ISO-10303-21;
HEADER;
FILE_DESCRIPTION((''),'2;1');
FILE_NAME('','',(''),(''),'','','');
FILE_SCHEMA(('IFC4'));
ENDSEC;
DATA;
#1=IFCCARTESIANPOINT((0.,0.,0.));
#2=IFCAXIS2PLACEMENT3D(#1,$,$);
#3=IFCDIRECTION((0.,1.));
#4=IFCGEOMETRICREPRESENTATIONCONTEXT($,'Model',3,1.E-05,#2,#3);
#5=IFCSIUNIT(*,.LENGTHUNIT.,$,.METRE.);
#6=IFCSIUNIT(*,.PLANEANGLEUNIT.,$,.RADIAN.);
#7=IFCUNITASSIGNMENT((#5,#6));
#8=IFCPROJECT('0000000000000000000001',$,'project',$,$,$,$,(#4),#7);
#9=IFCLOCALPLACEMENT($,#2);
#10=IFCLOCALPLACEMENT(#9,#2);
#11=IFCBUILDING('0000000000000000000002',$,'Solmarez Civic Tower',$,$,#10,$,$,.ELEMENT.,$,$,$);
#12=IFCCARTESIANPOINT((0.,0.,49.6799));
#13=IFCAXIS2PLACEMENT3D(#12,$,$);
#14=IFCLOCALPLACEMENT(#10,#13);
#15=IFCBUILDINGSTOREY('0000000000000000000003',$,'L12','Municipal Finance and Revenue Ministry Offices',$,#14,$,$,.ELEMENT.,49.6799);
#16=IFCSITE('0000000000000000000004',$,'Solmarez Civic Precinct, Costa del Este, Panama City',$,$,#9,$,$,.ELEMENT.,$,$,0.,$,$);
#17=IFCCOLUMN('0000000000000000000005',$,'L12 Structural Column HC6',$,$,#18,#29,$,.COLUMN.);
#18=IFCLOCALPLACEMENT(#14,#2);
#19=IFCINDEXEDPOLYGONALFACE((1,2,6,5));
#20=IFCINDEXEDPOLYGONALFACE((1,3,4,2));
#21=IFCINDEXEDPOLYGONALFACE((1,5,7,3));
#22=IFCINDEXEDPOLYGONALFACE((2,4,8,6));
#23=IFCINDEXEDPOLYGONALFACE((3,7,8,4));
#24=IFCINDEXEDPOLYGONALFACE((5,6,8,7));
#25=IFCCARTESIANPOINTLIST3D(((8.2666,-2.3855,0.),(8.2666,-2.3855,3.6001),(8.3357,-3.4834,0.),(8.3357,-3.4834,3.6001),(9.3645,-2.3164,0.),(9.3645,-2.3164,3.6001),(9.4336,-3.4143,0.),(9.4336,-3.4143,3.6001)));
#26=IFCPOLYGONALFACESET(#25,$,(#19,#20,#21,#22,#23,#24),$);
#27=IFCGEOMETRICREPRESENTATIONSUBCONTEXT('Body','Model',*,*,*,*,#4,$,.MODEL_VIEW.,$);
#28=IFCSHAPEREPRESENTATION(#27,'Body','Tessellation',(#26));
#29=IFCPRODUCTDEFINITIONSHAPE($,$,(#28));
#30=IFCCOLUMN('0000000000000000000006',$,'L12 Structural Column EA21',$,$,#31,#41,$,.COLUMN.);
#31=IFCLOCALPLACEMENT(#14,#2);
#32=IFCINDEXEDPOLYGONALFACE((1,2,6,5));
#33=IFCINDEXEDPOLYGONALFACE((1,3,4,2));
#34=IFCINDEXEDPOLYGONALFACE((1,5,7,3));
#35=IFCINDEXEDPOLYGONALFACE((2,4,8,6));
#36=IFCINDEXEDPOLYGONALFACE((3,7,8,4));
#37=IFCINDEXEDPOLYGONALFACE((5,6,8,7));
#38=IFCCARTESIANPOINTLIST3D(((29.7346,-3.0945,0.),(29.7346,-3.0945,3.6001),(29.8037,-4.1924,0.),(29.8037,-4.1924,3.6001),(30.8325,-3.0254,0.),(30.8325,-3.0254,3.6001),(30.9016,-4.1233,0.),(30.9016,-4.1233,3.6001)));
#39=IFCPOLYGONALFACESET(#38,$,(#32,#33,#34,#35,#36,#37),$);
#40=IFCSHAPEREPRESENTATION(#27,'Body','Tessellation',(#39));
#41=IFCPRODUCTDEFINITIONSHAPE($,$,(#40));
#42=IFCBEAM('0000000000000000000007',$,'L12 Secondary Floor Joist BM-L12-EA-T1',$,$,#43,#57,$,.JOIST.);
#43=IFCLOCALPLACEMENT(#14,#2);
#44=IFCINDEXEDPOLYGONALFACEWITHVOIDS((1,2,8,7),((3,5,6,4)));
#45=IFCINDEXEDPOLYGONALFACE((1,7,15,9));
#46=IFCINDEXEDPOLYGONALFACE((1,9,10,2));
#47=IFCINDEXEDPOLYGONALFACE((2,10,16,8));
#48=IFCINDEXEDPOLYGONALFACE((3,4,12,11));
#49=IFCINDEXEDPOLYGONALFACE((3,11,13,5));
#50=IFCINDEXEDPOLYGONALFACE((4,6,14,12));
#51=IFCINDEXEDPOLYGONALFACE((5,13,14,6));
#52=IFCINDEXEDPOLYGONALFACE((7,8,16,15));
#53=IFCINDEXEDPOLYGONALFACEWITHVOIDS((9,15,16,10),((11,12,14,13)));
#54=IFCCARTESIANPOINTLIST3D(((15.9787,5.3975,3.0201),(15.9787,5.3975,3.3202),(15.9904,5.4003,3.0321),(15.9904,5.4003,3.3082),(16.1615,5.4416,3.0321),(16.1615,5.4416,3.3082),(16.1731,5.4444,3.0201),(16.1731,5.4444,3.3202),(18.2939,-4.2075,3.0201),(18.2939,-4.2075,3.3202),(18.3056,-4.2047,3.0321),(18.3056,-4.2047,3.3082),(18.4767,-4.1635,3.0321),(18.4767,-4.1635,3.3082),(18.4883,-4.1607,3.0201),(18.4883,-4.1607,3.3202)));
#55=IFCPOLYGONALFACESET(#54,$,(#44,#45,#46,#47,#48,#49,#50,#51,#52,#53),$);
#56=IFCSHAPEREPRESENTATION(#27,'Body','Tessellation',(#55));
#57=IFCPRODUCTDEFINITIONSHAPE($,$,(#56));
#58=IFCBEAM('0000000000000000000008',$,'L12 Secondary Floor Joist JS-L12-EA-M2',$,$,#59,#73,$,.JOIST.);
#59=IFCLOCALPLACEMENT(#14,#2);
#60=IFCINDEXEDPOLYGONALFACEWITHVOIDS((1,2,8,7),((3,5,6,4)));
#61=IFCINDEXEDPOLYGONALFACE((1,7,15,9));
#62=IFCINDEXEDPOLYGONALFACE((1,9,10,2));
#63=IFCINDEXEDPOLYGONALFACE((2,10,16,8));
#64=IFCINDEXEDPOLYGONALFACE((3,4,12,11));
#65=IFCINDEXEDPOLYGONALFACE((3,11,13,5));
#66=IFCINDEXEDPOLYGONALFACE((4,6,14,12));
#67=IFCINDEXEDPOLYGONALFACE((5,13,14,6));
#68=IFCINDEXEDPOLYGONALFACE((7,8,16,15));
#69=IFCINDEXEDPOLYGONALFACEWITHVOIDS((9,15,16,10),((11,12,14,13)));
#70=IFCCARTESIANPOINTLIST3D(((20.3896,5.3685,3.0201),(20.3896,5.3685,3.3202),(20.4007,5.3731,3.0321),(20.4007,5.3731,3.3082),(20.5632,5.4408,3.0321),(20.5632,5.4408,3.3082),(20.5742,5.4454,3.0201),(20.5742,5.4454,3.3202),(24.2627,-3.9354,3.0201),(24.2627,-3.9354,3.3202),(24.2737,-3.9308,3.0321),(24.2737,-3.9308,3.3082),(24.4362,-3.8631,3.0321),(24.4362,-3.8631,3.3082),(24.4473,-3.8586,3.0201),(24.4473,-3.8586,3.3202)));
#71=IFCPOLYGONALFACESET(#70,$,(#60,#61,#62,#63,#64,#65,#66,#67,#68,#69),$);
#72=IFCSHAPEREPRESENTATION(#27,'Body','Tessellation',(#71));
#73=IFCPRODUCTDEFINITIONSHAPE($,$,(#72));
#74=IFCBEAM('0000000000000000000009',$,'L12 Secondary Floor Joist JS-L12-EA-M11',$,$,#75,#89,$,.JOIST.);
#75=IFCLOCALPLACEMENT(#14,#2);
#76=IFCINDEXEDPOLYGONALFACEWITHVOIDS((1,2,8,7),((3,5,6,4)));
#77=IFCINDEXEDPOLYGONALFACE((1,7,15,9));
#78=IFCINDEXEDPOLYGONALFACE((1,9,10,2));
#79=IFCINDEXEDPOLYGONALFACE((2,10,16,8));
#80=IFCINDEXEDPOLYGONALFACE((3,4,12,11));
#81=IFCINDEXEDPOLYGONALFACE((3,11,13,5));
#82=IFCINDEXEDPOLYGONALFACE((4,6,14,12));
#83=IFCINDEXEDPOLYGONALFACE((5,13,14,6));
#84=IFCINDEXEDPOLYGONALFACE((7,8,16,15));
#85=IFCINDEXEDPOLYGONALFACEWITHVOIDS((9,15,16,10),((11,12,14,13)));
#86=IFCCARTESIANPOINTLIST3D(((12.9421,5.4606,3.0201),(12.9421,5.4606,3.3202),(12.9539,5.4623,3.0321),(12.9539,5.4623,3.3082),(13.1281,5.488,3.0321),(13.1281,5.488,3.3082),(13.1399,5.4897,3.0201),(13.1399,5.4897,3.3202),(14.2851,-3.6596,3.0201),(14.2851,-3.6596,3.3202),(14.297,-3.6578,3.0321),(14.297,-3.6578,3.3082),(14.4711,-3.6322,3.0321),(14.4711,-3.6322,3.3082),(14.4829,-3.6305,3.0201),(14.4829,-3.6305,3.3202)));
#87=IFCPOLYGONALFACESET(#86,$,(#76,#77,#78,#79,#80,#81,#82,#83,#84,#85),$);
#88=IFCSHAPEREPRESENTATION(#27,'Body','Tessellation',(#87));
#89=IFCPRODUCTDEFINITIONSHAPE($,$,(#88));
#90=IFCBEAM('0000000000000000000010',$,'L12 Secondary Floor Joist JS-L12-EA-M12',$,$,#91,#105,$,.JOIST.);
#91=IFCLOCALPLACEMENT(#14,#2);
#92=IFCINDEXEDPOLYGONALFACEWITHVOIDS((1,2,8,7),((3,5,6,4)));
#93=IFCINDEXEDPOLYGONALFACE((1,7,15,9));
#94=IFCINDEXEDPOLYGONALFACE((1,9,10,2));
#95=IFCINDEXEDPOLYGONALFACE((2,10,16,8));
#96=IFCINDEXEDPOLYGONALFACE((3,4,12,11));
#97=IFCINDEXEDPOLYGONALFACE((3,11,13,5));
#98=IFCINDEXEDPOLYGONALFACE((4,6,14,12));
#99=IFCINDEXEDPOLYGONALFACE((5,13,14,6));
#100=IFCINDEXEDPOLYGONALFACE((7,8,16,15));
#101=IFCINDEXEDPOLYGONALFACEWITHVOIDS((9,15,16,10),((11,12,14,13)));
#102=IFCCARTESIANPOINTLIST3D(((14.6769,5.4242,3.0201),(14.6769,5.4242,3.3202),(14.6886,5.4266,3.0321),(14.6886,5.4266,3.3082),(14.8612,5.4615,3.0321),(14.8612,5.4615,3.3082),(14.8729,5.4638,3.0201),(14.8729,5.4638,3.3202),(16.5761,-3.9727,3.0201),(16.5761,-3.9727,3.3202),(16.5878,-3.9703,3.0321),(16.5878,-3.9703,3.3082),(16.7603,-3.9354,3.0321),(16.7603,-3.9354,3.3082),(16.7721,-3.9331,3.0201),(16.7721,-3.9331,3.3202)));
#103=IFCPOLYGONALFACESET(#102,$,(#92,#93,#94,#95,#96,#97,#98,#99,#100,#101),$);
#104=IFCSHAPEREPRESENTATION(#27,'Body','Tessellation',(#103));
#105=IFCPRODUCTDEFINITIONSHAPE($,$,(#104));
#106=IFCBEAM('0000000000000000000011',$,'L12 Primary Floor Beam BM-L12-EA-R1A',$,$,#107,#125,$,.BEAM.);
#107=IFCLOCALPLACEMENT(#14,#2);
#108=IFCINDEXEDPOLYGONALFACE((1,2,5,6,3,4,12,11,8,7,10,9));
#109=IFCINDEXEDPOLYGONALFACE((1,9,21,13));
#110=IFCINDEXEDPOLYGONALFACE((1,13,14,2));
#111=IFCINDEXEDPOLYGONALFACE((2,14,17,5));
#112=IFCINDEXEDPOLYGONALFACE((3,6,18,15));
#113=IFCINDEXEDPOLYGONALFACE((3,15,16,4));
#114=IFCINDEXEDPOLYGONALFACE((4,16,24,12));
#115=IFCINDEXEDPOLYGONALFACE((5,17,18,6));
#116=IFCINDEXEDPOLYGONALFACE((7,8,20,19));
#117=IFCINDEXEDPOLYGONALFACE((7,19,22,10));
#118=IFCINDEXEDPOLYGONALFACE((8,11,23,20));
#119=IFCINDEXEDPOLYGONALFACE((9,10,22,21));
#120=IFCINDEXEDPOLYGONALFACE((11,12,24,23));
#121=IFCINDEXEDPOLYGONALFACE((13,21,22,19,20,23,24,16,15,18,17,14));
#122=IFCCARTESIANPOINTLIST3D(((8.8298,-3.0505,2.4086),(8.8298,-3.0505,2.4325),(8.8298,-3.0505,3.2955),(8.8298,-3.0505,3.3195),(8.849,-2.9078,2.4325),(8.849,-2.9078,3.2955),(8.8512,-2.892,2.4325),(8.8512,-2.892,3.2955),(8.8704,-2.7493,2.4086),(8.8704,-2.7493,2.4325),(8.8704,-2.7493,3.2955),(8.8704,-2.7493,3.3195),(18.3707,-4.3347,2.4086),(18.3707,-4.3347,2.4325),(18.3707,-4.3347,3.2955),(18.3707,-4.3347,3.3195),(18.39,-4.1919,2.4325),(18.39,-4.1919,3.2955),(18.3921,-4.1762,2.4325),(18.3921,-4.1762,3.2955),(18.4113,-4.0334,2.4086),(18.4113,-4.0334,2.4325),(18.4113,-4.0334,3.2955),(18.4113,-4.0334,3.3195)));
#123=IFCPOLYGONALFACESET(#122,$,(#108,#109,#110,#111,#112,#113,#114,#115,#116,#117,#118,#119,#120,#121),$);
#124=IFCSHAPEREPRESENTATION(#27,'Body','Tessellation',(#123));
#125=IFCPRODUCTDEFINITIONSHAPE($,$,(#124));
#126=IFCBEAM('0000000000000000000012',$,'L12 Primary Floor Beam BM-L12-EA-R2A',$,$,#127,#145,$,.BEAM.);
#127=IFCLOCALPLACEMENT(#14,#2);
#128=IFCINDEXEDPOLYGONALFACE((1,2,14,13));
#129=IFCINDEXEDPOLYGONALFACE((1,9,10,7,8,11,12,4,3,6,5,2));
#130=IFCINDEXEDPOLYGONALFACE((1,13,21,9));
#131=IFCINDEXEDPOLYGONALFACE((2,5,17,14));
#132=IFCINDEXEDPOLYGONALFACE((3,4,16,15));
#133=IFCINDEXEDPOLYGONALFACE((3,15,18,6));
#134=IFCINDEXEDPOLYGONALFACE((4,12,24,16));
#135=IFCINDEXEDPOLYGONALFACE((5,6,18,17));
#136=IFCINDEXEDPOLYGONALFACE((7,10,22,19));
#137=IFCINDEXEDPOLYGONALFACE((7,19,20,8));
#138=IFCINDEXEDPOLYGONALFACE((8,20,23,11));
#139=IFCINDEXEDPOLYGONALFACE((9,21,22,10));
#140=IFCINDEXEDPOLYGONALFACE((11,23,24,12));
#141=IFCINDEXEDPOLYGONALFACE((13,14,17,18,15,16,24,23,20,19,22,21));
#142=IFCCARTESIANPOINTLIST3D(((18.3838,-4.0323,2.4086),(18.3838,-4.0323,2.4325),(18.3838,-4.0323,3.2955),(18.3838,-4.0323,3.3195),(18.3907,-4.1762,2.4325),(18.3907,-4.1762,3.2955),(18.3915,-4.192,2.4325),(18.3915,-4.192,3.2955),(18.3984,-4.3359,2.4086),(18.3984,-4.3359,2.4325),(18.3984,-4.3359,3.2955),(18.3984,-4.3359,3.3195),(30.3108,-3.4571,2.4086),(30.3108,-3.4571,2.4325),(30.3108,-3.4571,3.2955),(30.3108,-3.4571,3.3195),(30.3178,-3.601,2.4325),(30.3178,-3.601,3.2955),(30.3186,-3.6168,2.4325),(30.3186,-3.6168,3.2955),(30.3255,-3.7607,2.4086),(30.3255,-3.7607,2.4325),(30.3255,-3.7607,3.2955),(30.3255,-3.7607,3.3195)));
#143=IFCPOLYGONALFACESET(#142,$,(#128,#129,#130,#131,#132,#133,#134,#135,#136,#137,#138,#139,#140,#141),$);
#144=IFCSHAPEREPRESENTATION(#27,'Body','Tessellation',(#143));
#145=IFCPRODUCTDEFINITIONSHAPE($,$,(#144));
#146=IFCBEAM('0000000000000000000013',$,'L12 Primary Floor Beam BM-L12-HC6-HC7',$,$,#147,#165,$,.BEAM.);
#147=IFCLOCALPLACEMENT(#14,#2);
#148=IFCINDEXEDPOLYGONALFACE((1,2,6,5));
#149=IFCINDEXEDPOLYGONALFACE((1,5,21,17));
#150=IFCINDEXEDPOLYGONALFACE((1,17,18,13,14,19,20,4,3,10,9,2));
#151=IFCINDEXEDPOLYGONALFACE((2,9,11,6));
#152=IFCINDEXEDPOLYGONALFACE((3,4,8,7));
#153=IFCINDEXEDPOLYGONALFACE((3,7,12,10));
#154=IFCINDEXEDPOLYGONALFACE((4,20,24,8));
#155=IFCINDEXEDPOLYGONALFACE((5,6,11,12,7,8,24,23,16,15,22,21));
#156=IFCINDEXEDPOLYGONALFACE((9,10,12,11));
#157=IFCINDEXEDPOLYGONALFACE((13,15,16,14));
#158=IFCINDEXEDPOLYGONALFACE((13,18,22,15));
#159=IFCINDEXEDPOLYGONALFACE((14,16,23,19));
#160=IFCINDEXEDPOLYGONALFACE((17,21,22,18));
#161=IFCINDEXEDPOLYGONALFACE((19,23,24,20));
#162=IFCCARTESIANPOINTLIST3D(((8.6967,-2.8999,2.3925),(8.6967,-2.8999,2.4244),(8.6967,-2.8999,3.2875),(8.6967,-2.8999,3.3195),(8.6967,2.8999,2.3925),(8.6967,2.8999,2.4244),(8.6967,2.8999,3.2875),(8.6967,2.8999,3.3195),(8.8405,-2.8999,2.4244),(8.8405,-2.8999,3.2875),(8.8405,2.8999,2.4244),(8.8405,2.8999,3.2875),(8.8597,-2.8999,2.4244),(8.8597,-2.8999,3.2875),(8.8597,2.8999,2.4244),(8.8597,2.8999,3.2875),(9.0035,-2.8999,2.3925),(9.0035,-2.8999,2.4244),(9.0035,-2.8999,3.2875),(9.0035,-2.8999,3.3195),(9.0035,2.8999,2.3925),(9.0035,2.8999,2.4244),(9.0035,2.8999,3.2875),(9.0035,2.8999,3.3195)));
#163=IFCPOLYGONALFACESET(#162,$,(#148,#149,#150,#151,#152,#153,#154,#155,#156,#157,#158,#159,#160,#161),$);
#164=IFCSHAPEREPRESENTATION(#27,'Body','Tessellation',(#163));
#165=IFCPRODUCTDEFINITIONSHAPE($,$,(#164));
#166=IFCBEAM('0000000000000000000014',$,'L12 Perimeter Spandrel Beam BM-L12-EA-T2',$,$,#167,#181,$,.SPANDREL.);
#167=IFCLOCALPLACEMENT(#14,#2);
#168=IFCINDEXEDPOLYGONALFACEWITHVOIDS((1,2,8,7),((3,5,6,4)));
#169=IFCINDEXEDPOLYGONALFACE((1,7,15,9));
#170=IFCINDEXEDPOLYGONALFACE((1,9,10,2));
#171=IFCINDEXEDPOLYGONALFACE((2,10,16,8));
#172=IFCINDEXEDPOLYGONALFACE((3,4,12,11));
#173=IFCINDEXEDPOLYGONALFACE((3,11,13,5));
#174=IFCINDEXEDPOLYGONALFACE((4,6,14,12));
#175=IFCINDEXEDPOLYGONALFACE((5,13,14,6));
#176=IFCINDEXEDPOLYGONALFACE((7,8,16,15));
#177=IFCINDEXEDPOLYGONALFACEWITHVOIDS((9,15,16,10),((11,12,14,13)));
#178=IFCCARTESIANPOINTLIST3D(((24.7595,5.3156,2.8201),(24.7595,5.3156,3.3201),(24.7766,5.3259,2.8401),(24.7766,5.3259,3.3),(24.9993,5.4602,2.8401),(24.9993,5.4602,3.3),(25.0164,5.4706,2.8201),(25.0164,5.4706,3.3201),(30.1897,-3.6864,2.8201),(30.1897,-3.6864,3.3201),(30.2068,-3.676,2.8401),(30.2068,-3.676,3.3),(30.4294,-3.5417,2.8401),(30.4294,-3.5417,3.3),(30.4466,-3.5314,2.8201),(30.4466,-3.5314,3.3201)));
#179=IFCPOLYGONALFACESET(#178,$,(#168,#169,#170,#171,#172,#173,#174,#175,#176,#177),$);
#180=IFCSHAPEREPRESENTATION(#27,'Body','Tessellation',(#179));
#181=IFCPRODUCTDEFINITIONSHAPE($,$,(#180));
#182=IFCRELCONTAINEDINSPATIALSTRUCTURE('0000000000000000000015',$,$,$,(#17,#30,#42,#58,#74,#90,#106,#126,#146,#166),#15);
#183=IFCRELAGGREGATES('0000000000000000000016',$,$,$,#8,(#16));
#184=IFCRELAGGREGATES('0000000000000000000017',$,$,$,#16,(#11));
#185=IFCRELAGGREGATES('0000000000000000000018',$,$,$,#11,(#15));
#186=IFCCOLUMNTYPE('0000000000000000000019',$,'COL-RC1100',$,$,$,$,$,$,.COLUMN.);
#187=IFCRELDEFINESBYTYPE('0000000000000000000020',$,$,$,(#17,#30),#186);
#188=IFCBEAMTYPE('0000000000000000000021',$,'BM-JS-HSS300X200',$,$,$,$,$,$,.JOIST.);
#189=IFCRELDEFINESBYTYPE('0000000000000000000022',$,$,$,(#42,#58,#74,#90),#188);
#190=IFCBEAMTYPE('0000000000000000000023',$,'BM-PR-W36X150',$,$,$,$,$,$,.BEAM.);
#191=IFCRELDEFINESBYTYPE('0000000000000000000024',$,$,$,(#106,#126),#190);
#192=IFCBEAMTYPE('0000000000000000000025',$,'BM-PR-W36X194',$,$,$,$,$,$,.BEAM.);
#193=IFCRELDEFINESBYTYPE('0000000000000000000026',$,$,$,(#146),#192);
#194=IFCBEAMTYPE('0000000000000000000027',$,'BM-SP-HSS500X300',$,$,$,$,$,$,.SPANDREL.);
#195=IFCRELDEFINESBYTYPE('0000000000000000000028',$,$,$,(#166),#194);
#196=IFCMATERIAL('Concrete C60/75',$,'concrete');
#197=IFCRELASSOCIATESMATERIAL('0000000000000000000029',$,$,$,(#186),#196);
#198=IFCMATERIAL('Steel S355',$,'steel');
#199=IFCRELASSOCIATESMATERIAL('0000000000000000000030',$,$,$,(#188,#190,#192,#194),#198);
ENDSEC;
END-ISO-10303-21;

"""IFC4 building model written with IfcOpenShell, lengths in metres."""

from ifc_helpers import new_model, si_unit, direction, frame, origin, origin_2d, place, context, subcontext, project, spatial, rectangle, hollow_rectangle, i_section, extrude, material, material_profile, profile_set, type_object, element, save


model = new_model("IFC4")

# Units and contexts
model_context = context("Model", 3, precision=1e-05, world=origin(), true_north=direction((0.0, 1.0)))
body_context = subcontext(model_context, "Body", "Model", "MODEL_VIEW")
ifc_project = project(units=[si_unit("LENGTHUNIT", "METRE"), si_unit("PLANEANGLEUNIT", "RADIAN")], contexts=[model_context])

# Site, building, storey
site_placement = place(None, origin())
site = spatial("IfcSite", under=ifc_project, at=site_placement, Name="Solmarez Civic Precinct, Costa del Este, Panama City", CompositionType="ELEMENT", RefElevation=0.0)
building_placement = place(site_placement, origin())
building = spatial("IfcBuilding", under=site, at=building_placement, Name="Solmarez Civic Tower", CompositionType="ELEMENT")
storey_placement = place(building_placement, frame((0.0, 0.0, 49.6799)))
storey = spatial("IfcBuildingStorey", under=building, at=storey_placement, Name="L12", Description="Municipal Finance and Revenue Ministry Offices", CompositionType="ELEMENT", Elevation=49.6799)

# Columns
ifc_material_1 = material(Name="Concrete C60/75", Category="concrete")
ifc_material_profile_1 = material_profile(ifc_material_1, rectangle(XDim=1.1001, YDim=1.1001, at=origin_2d()), Name="RC1100X1100")
ifc_profile_set_1 = profile_set([ifc_material_profile_1], Name="Concrete C60/75")
column_type = type_object("IfcColumnType", Name="COL-RC1100", PredefinedType="COLUMN", material=ifc_profile_set_1)
for number, where, z_axis, x_axis, name in (
    (1, (8.8501, -2.8999, 0.0), (0.0, 0.0, 1.0), (0.998027, 0.062791, 0.0), "L12 Structural Column HC6"),
    (2, (30.3181, -3.6089, 0.0), (0.0, 0.0, 1.0), (0.998027, 0.062791, 0.0), "L12 Structural Column EA21"),
):
    element("IfcColumn", number, at=place(storey_placement, frame(where, z_axis=z_axis, x_axis=x_axis)), inside=storey, type_object=column_type, Name=name, PredefinedType="COLUMN", context=body_context, shape_type="SweptSolid", body=[
        extrude(rectangle(XDim=1.1001, YDim=1.1001, at=origin_2d()), origin(), (0.0, 0.0, 1.0), 3.6001),
    ])

# Beams
ifc_material_2 = material(Name="Steel S355", Category="steel")
ifc_material_profile_2 = material_profile(ifc_material_2, hollow_rectangle(XDim=0.2, YDim=0.3, WallThickness=0.012, at=origin_2d()), Name="HSS300X200X12")
ifc_profile_set_2 = profile_set([ifc_material_profile_2], Name="Steel S355")
beam_type_1 = type_object("IfcBeamType", Name="BM-JS-HSS300X200", PredefinedType="JOIST", material=ifc_profile_set_2)
beam_1_placement = place(storey_placement, frame((18.3911, -4.1841, 3.1702), z_axis=(-0.234329, 0.972157, 0.0), x_axis=(-0.972157, -0.234329, 0.0)))
element("IfcBeam", 3, at=beam_1_placement, inside=storey, type_object=beam_type_1, Name="L12 Secondary Floor Joist BM-L12-EA-T1", PredefinedType="JOIST", context=body_context, shape_type="SweptSolid", body=[
    extrude(hollow_rectangle(XDim=0.2, YDim=0.3, WallThickness=0.012, at=origin_2d()), origin(), (0.0, 0.0, 1.0), 9.8801),
])
beam_2_placement = place(storey_placement, frame((24.355, -3.897, 3.1702), z_axis=(-0.384311, 0.923204, 0.0), x_axis=(-0.923204, -0.384311, 0.0)))
element("IfcBeam", 4, at=beam_2_placement, inside=storey, type_object=beam_type_1, Name="L12 Secondary Floor Joist JS-L12-EA-M2", PredefinedType="JOIST", context=body_context, shape_type="SweptSolid", body=[
    extrude(hollow_rectangle(XDim=0.2, YDim=0.3, WallThickness=0.012, at=origin_2d()), origin(), (0.0, 0.0, 1.0), 10.0779),
])
beam_3_placement = place(storey_placement, frame((14.384, -3.645, 3.1702), z_axis=(-0.145688, 0.989331, 0.0), x_axis=(-0.989331, -0.145688, 0.0)))
element("IfcBeam", 5, at=beam_3_placement, inside=storey, type_object=beam_type_1, Name="L12 Secondary Floor Joist JS-L12-EA-M11", PredefinedType="JOIST", context=body_context, shape_type="SweptSolid", body=[
    extrude(hollow_rectangle(XDim=0.2, YDim=0.3, WallThickness=0.012, at=origin_2d()), origin(), (0.0, 0.0, 1.0), 9.2185),
])
beam_4_placement = place(storey_placement, frame((16.6741, -3.9529, 3.1702), z_axis=(-0.198099, 0.980182, 0.0), x_axis=(-0.980182, -0.198099, 0.0)))
element("IfcBeam", 6, at=beam_4_placement, inside=storey, type_object=beam_type_1, Name="L12 Secondary Floor Joist JS-L12-EA-M12", PredefinedType="JOIST", context=body_context, shape_type="SweptSolid", body=[
    extrude(hollow_rectangle(XDim=0.2, YDim=0.3, WallThickness=0.012, at=origin_2d()), origin(), (0.0, 0.0, 1.0), 9.5869),
])
ifc_material_profile_3 = material_profile(ifc_material_2, i_section(OverallWidth=0.304, OverallDepth=0.9109, WebThickness=0.0159, FlangeThickness=0.0239, at=origin_2d()), Name="W36X150")
ifc_profile_set_3 = profile_set([ifc_material_profile_3], Name="Steel S355")
beam_type_2 = type_object("IfcBeamType", Name="BM-PR-W36X150", PredefinedType="BEAM", material=ifc_profile_set_3)
beam_5_placement = place(storey_placement, frame((8.8501, -2.8999, 2.864), z_axis=(0.991063, -0.133393, 0.0), x_axis=(0.133393, 0.991063, 0.0)))
element("IfcBeam", 7, at=beam_5_placement, inside=storey, type_object=beam_type_2, Name="L12 Primary Floor Beam BM-L12-EA-R1A", PredefinedType="BEAM", context=body_context, shape_type="SweptSolid", body=[
    extrude(i_section(OverallWidth=0.304, OverallDepth=0.9109, WebThickness=0.0159, FlangeThickness=0.0239, at=origin_2d()), origin(), (0.0, 0.0, 1.0), 9.627),
])
beam_6_placement = place(storey_placement, frame((18.3911, -4.1841, 2.864), z_axis=(0.998839, 0.04817, 0.0), x_axis=(-0.04817, 0.998839, 0.0)))
element("IfcBeam", 8, at=beam_6_placement, inside=storey, type_object=beam_type_2, Name="L12 Primary Floor Beam BM-L12-EA-R2A", PredefinedType="BEAM", context=body_context, shape_type="SweptSolid", body=[
    extrude(i_section(OverallWidth=0.304, OverallDepth=0.9109, WebThickness=0.0159, FlangeThickness=0.0239, at=origin_2d()), origin(), (0.0, 0.0, 1.0), 11.9409),
])
ifc_material_profile_4 = material_profile(ifc_material_2, i_section(OverallWidth=0.3069, OverallDepth=0.927, WebThickness=0.0193, FlangeThickness=0.032, at=origin_2d()), Name="W36X194")
ifc_profile_set_4 = profile_set([ifc_material_profile_4], Name="Steel S355")
beam_type_3 = type_object("IfcBeamType", Name="BM-PR-W36X194", PredefinedType="BEAM", material=ifc_profile_set_4)
beam_7_placement = place(storey_placement, frame((8.8501, -2.8999, 2.856), z_axis=(0.0, 1.0, 0.0), x_axis=(-1.0, 0.0, 0.0)))
element("IfcBeam", 9, at=beam_7_placement, inside=storey, type_object=beam_type_3, Name="L12 Primary Floor Beam BM-L12-HC6-HC7", PredefinedType="BEAM", context=body_context, shape_type="SweptSolid", body=[
    extrude(i_section(OverallWidth=0.3069, OverallDepth=0.927, WebThickness=0.0193, FlangeThickness=0.032, at=origin_2d()), origin(), (0.0, 0.0, 1.0), 5.7998),
])
ifc_material_profile_5 = material_profile(ifc_material_2, hollow_rectangle(XDim=0.3, YDim=0.5, WallThickness=0.02, at=origin_2d()), Name="HSS500X300X20")
ifc_profile_set_5 = profile_set([ifc_material_profile_5], Name="Steel S355")
beam_type_4 = type_object("IfcBeamType", Name="BM-SP-HSS500X300", PredefinedType="SPANDREL", material=ifc_profile_set_5)
beam_8_placement = place(storey_placement, frame((30.3181, -3.6089, 3.0701), z_axis=(-0.516523, 0.856273, 0.0), x_axis=(-0.856273, -0.516523, 0.0)))
element("IfcBeam", 10, at=beam_8_placement, inside=storey, type_object=beam_type_4, Name="L12 Perimeter Spandrel Beam BM-L12-EA-T2", PredefinedType="SPANDREL", context=body_context, shape_type="SweptSolid", body=[
    extrude(hollow_rectangle(XDim=0.3, YDim=0.5, WallThickness=0.02, at=origin_2d()), origin(), (0.0, 0.0, 1.0), 10.5129),
])

save(model, "model.ifc")
